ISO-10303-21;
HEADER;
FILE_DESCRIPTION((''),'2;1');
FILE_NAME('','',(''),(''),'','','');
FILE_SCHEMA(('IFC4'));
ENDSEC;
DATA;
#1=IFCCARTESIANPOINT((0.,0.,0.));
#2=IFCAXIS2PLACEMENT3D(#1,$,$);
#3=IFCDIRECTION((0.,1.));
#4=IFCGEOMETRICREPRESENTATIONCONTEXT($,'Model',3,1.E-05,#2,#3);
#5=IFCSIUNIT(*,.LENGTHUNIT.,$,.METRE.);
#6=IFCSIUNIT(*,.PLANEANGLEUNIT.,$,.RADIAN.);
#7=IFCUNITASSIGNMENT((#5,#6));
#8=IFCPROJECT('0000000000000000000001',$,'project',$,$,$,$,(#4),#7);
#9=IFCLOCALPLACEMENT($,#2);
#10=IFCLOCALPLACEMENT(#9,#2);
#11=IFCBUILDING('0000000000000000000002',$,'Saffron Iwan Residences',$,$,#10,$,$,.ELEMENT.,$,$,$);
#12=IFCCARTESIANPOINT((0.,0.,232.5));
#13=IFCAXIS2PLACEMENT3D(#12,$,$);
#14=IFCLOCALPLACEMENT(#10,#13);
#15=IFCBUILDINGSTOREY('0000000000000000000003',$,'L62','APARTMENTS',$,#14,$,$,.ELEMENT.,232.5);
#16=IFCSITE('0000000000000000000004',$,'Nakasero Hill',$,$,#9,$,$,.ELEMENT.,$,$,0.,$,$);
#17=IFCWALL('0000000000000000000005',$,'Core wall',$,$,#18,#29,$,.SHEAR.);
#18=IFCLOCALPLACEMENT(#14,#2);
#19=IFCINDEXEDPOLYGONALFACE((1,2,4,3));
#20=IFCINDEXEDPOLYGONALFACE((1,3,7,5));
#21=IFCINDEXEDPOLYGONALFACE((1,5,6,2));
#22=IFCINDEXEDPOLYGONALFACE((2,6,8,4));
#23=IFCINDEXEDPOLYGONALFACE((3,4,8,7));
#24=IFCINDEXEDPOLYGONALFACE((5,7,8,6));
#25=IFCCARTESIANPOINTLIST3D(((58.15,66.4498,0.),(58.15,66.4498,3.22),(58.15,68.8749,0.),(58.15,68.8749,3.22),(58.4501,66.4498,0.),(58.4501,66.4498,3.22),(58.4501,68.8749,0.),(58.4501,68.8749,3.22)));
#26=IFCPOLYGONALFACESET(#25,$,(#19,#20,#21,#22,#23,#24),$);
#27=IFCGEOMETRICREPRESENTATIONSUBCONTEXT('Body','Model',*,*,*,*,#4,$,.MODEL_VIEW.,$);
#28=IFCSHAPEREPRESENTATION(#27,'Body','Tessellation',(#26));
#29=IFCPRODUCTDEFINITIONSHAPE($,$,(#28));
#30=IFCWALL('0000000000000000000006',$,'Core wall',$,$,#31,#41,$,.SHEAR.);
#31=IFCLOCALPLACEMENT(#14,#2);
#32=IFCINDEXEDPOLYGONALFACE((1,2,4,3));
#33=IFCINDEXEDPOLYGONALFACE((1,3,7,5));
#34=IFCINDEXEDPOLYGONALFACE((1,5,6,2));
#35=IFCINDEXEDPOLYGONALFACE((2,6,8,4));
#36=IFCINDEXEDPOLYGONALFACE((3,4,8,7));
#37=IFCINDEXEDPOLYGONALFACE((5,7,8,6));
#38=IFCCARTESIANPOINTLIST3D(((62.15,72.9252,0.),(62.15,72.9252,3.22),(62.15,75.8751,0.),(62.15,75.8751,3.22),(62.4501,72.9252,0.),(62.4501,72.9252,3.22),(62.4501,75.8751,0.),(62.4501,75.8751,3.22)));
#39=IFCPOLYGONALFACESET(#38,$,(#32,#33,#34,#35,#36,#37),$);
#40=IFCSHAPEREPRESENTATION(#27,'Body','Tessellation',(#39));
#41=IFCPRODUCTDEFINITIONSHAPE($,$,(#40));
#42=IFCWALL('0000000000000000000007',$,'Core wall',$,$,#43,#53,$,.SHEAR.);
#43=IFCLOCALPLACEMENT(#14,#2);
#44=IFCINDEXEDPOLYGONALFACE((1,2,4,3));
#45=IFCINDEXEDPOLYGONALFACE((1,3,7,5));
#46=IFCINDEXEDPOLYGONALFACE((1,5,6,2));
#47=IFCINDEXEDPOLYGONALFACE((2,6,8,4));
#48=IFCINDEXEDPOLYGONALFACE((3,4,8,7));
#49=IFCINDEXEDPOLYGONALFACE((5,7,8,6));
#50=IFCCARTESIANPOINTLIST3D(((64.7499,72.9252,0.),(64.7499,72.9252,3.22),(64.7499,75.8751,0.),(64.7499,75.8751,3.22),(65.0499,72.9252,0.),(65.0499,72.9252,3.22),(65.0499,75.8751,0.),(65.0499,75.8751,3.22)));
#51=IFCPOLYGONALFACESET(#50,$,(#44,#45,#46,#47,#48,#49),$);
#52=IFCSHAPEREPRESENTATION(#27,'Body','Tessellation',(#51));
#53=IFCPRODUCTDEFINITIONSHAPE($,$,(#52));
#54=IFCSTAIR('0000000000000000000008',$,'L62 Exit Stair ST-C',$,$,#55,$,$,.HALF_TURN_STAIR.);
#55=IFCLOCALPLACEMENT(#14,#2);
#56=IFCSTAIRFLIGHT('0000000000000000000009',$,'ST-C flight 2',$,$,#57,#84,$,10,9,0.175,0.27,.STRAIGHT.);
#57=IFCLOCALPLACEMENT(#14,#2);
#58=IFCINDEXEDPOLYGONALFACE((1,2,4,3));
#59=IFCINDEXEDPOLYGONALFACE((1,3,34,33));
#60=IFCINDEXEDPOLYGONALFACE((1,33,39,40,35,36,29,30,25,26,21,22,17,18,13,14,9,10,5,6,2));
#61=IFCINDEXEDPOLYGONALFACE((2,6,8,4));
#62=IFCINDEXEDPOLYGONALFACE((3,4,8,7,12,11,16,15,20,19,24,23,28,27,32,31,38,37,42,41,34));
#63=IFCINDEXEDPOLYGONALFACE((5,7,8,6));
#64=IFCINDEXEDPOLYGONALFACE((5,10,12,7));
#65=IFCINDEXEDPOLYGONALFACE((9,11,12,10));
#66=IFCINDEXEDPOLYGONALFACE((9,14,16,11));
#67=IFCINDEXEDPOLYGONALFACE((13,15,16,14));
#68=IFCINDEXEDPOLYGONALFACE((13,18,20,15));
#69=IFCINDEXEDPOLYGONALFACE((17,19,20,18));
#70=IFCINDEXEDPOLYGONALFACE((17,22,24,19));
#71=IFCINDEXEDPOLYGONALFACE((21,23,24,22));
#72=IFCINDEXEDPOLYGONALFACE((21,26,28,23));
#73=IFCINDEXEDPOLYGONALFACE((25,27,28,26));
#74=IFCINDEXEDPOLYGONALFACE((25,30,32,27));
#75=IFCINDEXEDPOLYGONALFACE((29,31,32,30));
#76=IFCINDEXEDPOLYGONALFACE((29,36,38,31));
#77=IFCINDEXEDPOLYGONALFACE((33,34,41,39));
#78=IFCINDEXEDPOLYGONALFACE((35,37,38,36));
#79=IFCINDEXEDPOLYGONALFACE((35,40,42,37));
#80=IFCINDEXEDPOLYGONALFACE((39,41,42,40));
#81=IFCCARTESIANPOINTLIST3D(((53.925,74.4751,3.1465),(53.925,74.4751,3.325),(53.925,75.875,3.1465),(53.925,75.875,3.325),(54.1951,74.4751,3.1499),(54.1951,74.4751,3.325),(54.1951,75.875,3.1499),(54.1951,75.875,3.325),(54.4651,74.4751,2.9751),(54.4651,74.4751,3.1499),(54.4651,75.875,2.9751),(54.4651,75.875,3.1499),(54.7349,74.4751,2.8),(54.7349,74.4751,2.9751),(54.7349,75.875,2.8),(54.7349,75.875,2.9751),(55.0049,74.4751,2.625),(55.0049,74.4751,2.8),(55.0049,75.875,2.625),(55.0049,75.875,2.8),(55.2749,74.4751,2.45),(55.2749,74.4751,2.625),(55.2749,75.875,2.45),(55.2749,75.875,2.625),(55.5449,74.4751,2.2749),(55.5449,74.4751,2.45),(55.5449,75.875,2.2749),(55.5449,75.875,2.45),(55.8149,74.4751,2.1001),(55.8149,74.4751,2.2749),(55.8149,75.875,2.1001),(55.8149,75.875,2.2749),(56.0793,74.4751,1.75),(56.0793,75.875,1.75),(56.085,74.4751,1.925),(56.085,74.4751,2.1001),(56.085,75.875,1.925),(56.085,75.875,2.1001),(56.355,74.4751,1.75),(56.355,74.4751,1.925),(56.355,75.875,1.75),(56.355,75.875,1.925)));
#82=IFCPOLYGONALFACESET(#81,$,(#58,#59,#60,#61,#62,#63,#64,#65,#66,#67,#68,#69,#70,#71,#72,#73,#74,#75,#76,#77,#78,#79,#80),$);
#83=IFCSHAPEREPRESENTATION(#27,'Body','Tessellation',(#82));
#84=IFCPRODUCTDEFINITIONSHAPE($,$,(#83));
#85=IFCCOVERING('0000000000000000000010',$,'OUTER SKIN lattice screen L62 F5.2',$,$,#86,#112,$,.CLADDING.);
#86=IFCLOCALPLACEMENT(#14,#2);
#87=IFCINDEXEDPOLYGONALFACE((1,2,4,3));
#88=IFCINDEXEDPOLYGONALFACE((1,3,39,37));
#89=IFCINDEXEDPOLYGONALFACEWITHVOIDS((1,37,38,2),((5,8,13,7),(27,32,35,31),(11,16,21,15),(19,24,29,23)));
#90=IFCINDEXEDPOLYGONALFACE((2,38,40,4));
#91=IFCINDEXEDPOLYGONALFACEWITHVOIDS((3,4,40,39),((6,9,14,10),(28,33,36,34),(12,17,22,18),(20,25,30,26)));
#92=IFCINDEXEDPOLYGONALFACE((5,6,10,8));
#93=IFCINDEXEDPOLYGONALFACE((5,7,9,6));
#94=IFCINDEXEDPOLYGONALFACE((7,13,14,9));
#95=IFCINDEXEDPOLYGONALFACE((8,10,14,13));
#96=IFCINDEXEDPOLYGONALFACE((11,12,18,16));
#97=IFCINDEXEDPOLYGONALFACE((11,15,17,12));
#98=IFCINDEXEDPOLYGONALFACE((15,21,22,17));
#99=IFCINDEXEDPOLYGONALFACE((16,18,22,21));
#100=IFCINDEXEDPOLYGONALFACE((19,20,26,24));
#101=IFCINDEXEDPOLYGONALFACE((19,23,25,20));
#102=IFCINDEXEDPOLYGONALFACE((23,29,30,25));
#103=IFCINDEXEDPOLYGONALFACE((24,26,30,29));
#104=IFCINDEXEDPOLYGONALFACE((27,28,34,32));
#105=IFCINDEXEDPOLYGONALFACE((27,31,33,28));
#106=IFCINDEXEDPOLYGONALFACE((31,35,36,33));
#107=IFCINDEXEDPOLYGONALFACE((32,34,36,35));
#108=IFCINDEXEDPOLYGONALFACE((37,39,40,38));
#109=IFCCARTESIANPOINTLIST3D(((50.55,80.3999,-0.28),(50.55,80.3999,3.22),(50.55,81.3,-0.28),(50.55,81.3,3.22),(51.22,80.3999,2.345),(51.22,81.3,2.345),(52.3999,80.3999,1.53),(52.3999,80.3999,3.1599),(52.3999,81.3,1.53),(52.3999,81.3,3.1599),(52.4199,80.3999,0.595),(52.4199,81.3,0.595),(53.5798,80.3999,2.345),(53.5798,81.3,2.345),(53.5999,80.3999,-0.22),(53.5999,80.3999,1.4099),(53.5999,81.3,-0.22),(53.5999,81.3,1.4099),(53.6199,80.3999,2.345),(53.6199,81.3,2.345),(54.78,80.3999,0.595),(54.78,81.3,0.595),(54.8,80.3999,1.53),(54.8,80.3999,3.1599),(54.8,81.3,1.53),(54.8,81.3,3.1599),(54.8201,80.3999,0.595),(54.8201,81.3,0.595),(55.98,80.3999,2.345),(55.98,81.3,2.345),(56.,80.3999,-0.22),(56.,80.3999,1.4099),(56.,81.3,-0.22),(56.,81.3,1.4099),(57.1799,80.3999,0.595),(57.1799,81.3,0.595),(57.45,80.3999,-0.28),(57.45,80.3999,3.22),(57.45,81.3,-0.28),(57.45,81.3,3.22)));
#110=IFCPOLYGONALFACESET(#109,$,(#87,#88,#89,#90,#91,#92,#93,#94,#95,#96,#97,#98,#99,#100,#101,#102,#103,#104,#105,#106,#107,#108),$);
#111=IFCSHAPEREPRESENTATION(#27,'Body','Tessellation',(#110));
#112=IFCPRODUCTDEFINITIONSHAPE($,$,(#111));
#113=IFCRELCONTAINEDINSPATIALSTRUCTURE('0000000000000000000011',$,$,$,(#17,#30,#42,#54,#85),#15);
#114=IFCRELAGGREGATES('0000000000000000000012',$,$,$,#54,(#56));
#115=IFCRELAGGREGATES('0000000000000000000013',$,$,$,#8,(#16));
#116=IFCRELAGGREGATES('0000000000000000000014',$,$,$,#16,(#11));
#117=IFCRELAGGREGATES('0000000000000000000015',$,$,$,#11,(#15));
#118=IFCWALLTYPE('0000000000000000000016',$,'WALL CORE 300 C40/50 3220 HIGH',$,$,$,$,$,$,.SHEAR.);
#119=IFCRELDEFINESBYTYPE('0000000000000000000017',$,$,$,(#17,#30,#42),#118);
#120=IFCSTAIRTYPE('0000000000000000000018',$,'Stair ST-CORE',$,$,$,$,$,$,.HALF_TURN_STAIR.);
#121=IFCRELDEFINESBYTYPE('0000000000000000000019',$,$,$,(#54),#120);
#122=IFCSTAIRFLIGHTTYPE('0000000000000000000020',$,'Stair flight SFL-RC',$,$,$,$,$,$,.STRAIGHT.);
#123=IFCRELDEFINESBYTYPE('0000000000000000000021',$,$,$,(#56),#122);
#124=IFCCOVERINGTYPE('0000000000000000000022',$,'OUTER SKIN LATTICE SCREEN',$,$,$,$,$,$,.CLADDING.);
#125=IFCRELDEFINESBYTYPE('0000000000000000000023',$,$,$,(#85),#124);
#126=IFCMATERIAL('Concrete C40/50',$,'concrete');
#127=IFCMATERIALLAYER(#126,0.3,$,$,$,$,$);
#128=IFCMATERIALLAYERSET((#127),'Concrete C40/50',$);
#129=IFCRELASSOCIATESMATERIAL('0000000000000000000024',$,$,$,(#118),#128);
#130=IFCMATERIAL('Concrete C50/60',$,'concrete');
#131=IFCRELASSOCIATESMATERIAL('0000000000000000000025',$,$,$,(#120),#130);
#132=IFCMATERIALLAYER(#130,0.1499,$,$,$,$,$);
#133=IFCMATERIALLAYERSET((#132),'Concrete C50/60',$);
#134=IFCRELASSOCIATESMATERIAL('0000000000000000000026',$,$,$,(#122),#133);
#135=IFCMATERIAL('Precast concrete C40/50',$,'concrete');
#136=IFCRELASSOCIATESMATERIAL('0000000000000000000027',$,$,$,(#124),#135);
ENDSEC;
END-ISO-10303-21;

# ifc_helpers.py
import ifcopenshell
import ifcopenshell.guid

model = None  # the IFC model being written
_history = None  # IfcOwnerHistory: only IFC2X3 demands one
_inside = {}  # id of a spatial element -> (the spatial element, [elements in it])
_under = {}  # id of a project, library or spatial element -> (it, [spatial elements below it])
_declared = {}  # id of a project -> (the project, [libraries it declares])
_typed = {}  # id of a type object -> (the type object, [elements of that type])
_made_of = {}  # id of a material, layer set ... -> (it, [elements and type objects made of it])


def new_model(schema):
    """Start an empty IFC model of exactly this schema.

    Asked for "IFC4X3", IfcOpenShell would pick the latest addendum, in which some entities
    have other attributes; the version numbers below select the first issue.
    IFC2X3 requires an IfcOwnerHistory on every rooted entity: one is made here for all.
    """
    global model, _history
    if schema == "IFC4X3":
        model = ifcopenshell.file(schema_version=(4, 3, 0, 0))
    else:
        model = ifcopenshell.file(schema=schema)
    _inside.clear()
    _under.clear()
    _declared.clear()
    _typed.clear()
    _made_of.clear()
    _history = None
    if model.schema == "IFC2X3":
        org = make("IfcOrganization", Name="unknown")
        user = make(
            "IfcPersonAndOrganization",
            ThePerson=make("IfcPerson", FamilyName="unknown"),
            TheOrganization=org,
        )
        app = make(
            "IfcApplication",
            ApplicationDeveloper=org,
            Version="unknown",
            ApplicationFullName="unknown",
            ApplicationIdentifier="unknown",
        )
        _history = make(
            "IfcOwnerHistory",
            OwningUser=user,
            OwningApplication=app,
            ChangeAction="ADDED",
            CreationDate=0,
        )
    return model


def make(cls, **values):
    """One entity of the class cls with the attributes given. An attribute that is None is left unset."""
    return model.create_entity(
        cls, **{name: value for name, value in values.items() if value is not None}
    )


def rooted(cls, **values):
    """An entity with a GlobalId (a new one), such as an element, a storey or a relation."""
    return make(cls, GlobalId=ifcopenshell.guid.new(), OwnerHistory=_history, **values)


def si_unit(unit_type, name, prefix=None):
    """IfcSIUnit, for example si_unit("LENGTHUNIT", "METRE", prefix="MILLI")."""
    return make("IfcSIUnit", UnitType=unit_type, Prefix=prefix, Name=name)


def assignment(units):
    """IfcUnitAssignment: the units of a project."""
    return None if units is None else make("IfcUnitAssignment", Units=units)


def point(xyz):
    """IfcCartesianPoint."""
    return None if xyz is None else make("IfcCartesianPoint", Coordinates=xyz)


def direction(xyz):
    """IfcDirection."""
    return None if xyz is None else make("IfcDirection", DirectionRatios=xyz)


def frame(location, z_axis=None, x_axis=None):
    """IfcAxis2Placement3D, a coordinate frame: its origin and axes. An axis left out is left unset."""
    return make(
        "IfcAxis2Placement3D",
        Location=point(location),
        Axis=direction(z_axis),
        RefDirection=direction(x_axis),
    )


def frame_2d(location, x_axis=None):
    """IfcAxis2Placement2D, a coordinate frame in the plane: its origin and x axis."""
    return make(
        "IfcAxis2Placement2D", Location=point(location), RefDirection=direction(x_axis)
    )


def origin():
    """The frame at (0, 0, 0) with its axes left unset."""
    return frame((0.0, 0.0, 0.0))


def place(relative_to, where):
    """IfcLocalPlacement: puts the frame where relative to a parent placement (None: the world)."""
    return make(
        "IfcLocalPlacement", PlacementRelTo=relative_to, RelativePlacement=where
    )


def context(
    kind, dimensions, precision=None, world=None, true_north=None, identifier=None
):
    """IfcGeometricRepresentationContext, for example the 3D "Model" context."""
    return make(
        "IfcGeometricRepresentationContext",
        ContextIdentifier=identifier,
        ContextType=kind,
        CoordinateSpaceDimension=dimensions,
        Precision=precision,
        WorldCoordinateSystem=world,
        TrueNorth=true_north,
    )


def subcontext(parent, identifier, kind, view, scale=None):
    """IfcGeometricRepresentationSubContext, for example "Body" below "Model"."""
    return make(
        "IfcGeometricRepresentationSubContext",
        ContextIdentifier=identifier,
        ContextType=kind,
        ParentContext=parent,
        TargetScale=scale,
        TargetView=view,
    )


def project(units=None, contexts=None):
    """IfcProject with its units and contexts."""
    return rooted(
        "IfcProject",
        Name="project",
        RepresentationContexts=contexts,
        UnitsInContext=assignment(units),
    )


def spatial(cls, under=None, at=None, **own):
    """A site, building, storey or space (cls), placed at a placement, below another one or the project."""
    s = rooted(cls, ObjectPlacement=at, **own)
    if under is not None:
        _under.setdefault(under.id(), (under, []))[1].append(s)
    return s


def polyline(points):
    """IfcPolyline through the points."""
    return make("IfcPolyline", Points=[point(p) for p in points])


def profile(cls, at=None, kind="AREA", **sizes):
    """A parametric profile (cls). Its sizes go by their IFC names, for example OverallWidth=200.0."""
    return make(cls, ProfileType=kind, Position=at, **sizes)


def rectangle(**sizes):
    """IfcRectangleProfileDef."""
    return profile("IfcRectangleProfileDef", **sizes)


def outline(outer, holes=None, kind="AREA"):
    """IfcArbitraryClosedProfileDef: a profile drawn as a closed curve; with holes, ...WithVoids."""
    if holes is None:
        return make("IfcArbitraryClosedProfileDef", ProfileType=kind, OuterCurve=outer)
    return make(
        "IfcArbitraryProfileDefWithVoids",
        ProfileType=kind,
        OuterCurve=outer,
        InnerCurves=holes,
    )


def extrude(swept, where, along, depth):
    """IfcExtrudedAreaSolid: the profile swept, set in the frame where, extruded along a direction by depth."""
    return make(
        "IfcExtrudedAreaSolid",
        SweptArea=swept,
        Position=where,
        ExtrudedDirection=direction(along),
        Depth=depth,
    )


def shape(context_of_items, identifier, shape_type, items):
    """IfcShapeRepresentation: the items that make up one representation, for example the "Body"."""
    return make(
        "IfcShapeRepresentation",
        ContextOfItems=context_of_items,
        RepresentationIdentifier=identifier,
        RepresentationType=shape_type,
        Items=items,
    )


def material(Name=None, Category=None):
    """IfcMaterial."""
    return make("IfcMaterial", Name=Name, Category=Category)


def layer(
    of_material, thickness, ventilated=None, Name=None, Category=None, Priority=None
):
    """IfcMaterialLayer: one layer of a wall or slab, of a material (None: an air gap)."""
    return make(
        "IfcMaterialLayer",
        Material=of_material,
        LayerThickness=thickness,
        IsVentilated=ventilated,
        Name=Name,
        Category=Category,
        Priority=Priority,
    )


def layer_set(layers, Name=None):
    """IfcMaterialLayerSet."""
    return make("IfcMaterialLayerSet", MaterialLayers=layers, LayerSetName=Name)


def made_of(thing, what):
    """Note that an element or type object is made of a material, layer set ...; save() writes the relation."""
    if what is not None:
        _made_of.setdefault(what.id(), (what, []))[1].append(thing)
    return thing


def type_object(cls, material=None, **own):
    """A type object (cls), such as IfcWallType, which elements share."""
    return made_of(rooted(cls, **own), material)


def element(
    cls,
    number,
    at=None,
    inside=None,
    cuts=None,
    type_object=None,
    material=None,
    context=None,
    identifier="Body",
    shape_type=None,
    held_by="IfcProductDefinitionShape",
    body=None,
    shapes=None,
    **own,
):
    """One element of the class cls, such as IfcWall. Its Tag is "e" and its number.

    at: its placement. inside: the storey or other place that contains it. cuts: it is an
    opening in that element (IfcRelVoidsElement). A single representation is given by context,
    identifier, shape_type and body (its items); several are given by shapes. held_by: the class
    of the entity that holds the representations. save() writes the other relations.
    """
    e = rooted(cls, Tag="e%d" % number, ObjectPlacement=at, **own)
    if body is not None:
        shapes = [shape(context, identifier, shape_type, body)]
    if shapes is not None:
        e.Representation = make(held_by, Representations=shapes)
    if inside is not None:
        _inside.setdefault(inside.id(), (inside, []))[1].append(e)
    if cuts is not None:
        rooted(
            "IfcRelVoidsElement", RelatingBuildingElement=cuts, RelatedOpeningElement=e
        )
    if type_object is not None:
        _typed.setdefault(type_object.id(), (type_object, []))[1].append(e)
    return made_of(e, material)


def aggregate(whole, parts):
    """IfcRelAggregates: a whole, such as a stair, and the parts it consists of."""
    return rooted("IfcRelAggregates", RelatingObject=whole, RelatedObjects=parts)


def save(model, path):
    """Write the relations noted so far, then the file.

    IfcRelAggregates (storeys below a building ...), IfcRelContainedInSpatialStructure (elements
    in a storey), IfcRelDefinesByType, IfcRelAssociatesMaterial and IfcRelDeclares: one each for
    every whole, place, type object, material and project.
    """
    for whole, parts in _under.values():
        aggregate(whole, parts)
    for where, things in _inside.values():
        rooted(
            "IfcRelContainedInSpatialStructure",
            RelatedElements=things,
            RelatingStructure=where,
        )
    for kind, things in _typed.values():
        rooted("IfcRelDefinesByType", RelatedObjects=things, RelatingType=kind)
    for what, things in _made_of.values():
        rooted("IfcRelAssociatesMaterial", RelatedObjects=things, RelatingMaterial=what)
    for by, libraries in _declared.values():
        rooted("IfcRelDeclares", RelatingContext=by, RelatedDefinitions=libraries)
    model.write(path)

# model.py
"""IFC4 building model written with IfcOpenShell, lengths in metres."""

from ifc_helpers import new_model, si_unit, direction, frame, frame_2d, origin, place, context, subcontext, project, spatial, polyline, rectangle, outline, extrude, material, layer, layer_set, type_object, element, aggregate, save


model = new_model("IFC4")

# Units and contexts
model_context = context("Model", 3, precision=1e-05, world=origin(), true_north=direction((0.0, 1.0)))
body_context = subcontext(model_context, "Body", "Model", "MODEL_VIEW")
ifc_project = project(units=[si_unit("LENGTHUNIT", "METRE"), si_unit("PLANEANGLEUNIT", "RADIAN")], contexts=[model_context])

# Site, building, storey
site_placement = place(None, origin())
site = spatial("IfcSite", under=ifc_project, at=site_placement, Name="Nakasero Hill", CompositionType="ELEMENT", RefElevation=0.0)
building_placement = place(site_placement, origin())
building = spatial("IfcBuilding", under=site, at=building_placement, Name="Saffron Iwan Residences", CompositionType="ELEMENT")
storey_placement = place(building_placement, frame((0.0, 0.0, 232.5)))
storey = spatial("IfcBuildingStorey", under=building, at=storey_placement, Name="L62", Description="APARTMENTS", CompositionType="ELEMENT", Elevation=232.5)

# Shared definitions
ifc_material_1 = material(Name="Concrete C40/50", Category="concrete")

# Shared definitions
ifc_layer_1 = layer(ifc_material_1, 0.3)
ifc_layer_set_1 = layer_set([ifc_layer_1], Name="Concrete C40/50")
wall_type_1 = type_object("IfcWallType", Name="WALL CORE 300 C40/50 3220 HIGH", PredefinedType="SHEAR", material=ifc_layer_set_1)

# Walls
wall_1_placement = place(storey_placement, frame((58.3, 66.45, 0.0), z_axis=(0.0, 0.0, 1.0), x_axis=(0.0, 1.0, 0.0)))
element("IfcWall", 1, at=wall_1_placement, inside=storey, type_object=wall_type_1, Name="Core wall", PredefinedType="SHEAR", context=body_context, shape_type="SweptSolid", body=[
    extrude(rectangle(XDim=2.425, YDim=0.3, at=frame_2d((1.2124, 0.0))), origin(), (0.0, 0.0, 1.0), 3.22),
])
for number, where, z_axis, x_axis, name in (
    (2, (62.3, 72.925, 0.0), (0.0, 0.0, 1.0), (0.0, 1.0, 0.0), "Core wall"),
    (3, (64.8999, 72.925, 0.0), (0.0, 0.0, 1.0), (0.0, 1.0, 0.0), "Core wall"),
):
    element("IfcWall", number, at=place(storey_placement, frame(where, z_axis=z_axis, x_axis=x_axis)), inside=storey, type_object=wall_type_1, Name=name, PredefinedType="SHEAR", context=body_context, shape_type="SweptSolid", body=[
        extrude(rectangle(XDim=2.95, YDim=0.3, at=frame_2d((1.4751, 0.0))), origin(), (0.0, 0.0, 1.0), 3.22),
    ])

# Stair, stair flight
ifc_material_2 = material(Name="Concrete C50/60", Category="concrete")
stair_type = type_object("IfcStairType", Name="Stair ST-CORE", PredefinedType="HALF_TURN_STAIR", material=ifc_material_2)
stair_placement = place(storey_placement, origin())
stair = element("IfcStair", 4, at=stair_placement, inside=storey, type_object=stair_type, Name="L62 Exit Stair ST-C", PredefinedType="HALF_TURN_STAIR")
ifc_layer_2 = layer(ifc_material_2, 0.1499)
ifc_layer_set_2 = layer_set([ifc_layer_2], Name="Concrete C50/60")
stair_flight_type = type_object("IfcStairFlightType", Name="Stair flight SFL-RC", PredefinedType="STRAIGHT", material=ifc_layer_set_2)
stair_flight_placement = place(storey_placement, frame((56.355, 75.175, 1.75), z_axis=(0.0, 0.0, 1.0), x_axis=(-1.0, 0.0, 0.0)))
stair_flight = element("IfcStairFlight", 5, at=stair_flight_placement, type_object=stair_flight_type, Name="ST-C flight 2", NumberOfRisers=10, NumberOfTreads=9, PredefinedType="STRAIGHT", RiserHeight=0.175, TreadLength=0.27, context=body_context, shape_type="SweptSolid", body=[
    extrude(outline(polyline([(0.0, 0.0), (0.0, 0.175), (0.27, 0.175), (0.27, 0.3501), (0.54, 0.3501), (0.54, 0.5249), (0.8101, 0.5249), (0.8101, 0.7), (1.0801, 0.7), (1.0801, 0.875), (1.3501, 0.875), (1.3501, 1.05), (1.6201, 1.05), (1.6201, 1.2251), (1.8899, 1.2251), (1.8899, 1.3999), (2.1599, 1.3999), (2.1599, 1.575), (2.4299, 1.575), (2.4299, 1.75), (2.4299, 1.3965), (0.2756, 0.0), (0.0, 0.0)])), frame((0.0, 0.7, 0.0), z_axis=(0.0, -1.0, 0.0), x_axis=(1.0, 0.0, 0.0)), (0.0, 0.0, 1.0), 1.3999),
])
aggregate(stair, [stair_flight])

# Covering
ifc_material_3 = material(Name="Precast concrete C40/50", Category="concrete")
covering_type_1 = type_object("IfcCoveringType", Name="OUTER SKIN LATTICE SCREEN", PredefinedType="CLADDING", material=ifc_material_3)
covering_placement = place(storey_placement, frame((57.45, 80.3999, -0.28), z_axis=(0.0, 1.0, 0.0), x_axis=(-1.0, 0.0, 0.0)))
element("IfcCovering", 6, at=covering_placement, inside=storey, type_object=covering_type_1, Name="OUTER SKIN lattice screen L62 F5.2", PredefinedType="CLADDING", context=body_context, shape_type="SweptSolid", body=[
    extrude(outline(polyline([(0.0, 0.0), (6.8999, 0.0), (6.8999, 3.5), (0.0, 3.5), (0.0, 0.0)]), holes=[polyline([(0.27, 0.875), (1.45, 0.0601), (2.6299, 0.875), (1.45, 1.6899), (0.27, 0.875)]), polyline([(2.6699, 0.875), (3.8501, 0.0601), (5.03, 0.875), (3.8501, 1.6899), (2.6699, 0.875)]), polyline([(1.47, 2.625), (2.6499, 1.8101), (3.8301, 2.625), (2.6499, 3.4399), (1.47, 2.625)]), polyline([(3.8701, 2.625), (5.05, 1.8101), (6.23, 2.625), (5.05, 3.4399), (3.8701, 2.625)])]), origin(), (0.0, 0.0, 1.0), 0.9001),
])

save(model, "model.ifc")
